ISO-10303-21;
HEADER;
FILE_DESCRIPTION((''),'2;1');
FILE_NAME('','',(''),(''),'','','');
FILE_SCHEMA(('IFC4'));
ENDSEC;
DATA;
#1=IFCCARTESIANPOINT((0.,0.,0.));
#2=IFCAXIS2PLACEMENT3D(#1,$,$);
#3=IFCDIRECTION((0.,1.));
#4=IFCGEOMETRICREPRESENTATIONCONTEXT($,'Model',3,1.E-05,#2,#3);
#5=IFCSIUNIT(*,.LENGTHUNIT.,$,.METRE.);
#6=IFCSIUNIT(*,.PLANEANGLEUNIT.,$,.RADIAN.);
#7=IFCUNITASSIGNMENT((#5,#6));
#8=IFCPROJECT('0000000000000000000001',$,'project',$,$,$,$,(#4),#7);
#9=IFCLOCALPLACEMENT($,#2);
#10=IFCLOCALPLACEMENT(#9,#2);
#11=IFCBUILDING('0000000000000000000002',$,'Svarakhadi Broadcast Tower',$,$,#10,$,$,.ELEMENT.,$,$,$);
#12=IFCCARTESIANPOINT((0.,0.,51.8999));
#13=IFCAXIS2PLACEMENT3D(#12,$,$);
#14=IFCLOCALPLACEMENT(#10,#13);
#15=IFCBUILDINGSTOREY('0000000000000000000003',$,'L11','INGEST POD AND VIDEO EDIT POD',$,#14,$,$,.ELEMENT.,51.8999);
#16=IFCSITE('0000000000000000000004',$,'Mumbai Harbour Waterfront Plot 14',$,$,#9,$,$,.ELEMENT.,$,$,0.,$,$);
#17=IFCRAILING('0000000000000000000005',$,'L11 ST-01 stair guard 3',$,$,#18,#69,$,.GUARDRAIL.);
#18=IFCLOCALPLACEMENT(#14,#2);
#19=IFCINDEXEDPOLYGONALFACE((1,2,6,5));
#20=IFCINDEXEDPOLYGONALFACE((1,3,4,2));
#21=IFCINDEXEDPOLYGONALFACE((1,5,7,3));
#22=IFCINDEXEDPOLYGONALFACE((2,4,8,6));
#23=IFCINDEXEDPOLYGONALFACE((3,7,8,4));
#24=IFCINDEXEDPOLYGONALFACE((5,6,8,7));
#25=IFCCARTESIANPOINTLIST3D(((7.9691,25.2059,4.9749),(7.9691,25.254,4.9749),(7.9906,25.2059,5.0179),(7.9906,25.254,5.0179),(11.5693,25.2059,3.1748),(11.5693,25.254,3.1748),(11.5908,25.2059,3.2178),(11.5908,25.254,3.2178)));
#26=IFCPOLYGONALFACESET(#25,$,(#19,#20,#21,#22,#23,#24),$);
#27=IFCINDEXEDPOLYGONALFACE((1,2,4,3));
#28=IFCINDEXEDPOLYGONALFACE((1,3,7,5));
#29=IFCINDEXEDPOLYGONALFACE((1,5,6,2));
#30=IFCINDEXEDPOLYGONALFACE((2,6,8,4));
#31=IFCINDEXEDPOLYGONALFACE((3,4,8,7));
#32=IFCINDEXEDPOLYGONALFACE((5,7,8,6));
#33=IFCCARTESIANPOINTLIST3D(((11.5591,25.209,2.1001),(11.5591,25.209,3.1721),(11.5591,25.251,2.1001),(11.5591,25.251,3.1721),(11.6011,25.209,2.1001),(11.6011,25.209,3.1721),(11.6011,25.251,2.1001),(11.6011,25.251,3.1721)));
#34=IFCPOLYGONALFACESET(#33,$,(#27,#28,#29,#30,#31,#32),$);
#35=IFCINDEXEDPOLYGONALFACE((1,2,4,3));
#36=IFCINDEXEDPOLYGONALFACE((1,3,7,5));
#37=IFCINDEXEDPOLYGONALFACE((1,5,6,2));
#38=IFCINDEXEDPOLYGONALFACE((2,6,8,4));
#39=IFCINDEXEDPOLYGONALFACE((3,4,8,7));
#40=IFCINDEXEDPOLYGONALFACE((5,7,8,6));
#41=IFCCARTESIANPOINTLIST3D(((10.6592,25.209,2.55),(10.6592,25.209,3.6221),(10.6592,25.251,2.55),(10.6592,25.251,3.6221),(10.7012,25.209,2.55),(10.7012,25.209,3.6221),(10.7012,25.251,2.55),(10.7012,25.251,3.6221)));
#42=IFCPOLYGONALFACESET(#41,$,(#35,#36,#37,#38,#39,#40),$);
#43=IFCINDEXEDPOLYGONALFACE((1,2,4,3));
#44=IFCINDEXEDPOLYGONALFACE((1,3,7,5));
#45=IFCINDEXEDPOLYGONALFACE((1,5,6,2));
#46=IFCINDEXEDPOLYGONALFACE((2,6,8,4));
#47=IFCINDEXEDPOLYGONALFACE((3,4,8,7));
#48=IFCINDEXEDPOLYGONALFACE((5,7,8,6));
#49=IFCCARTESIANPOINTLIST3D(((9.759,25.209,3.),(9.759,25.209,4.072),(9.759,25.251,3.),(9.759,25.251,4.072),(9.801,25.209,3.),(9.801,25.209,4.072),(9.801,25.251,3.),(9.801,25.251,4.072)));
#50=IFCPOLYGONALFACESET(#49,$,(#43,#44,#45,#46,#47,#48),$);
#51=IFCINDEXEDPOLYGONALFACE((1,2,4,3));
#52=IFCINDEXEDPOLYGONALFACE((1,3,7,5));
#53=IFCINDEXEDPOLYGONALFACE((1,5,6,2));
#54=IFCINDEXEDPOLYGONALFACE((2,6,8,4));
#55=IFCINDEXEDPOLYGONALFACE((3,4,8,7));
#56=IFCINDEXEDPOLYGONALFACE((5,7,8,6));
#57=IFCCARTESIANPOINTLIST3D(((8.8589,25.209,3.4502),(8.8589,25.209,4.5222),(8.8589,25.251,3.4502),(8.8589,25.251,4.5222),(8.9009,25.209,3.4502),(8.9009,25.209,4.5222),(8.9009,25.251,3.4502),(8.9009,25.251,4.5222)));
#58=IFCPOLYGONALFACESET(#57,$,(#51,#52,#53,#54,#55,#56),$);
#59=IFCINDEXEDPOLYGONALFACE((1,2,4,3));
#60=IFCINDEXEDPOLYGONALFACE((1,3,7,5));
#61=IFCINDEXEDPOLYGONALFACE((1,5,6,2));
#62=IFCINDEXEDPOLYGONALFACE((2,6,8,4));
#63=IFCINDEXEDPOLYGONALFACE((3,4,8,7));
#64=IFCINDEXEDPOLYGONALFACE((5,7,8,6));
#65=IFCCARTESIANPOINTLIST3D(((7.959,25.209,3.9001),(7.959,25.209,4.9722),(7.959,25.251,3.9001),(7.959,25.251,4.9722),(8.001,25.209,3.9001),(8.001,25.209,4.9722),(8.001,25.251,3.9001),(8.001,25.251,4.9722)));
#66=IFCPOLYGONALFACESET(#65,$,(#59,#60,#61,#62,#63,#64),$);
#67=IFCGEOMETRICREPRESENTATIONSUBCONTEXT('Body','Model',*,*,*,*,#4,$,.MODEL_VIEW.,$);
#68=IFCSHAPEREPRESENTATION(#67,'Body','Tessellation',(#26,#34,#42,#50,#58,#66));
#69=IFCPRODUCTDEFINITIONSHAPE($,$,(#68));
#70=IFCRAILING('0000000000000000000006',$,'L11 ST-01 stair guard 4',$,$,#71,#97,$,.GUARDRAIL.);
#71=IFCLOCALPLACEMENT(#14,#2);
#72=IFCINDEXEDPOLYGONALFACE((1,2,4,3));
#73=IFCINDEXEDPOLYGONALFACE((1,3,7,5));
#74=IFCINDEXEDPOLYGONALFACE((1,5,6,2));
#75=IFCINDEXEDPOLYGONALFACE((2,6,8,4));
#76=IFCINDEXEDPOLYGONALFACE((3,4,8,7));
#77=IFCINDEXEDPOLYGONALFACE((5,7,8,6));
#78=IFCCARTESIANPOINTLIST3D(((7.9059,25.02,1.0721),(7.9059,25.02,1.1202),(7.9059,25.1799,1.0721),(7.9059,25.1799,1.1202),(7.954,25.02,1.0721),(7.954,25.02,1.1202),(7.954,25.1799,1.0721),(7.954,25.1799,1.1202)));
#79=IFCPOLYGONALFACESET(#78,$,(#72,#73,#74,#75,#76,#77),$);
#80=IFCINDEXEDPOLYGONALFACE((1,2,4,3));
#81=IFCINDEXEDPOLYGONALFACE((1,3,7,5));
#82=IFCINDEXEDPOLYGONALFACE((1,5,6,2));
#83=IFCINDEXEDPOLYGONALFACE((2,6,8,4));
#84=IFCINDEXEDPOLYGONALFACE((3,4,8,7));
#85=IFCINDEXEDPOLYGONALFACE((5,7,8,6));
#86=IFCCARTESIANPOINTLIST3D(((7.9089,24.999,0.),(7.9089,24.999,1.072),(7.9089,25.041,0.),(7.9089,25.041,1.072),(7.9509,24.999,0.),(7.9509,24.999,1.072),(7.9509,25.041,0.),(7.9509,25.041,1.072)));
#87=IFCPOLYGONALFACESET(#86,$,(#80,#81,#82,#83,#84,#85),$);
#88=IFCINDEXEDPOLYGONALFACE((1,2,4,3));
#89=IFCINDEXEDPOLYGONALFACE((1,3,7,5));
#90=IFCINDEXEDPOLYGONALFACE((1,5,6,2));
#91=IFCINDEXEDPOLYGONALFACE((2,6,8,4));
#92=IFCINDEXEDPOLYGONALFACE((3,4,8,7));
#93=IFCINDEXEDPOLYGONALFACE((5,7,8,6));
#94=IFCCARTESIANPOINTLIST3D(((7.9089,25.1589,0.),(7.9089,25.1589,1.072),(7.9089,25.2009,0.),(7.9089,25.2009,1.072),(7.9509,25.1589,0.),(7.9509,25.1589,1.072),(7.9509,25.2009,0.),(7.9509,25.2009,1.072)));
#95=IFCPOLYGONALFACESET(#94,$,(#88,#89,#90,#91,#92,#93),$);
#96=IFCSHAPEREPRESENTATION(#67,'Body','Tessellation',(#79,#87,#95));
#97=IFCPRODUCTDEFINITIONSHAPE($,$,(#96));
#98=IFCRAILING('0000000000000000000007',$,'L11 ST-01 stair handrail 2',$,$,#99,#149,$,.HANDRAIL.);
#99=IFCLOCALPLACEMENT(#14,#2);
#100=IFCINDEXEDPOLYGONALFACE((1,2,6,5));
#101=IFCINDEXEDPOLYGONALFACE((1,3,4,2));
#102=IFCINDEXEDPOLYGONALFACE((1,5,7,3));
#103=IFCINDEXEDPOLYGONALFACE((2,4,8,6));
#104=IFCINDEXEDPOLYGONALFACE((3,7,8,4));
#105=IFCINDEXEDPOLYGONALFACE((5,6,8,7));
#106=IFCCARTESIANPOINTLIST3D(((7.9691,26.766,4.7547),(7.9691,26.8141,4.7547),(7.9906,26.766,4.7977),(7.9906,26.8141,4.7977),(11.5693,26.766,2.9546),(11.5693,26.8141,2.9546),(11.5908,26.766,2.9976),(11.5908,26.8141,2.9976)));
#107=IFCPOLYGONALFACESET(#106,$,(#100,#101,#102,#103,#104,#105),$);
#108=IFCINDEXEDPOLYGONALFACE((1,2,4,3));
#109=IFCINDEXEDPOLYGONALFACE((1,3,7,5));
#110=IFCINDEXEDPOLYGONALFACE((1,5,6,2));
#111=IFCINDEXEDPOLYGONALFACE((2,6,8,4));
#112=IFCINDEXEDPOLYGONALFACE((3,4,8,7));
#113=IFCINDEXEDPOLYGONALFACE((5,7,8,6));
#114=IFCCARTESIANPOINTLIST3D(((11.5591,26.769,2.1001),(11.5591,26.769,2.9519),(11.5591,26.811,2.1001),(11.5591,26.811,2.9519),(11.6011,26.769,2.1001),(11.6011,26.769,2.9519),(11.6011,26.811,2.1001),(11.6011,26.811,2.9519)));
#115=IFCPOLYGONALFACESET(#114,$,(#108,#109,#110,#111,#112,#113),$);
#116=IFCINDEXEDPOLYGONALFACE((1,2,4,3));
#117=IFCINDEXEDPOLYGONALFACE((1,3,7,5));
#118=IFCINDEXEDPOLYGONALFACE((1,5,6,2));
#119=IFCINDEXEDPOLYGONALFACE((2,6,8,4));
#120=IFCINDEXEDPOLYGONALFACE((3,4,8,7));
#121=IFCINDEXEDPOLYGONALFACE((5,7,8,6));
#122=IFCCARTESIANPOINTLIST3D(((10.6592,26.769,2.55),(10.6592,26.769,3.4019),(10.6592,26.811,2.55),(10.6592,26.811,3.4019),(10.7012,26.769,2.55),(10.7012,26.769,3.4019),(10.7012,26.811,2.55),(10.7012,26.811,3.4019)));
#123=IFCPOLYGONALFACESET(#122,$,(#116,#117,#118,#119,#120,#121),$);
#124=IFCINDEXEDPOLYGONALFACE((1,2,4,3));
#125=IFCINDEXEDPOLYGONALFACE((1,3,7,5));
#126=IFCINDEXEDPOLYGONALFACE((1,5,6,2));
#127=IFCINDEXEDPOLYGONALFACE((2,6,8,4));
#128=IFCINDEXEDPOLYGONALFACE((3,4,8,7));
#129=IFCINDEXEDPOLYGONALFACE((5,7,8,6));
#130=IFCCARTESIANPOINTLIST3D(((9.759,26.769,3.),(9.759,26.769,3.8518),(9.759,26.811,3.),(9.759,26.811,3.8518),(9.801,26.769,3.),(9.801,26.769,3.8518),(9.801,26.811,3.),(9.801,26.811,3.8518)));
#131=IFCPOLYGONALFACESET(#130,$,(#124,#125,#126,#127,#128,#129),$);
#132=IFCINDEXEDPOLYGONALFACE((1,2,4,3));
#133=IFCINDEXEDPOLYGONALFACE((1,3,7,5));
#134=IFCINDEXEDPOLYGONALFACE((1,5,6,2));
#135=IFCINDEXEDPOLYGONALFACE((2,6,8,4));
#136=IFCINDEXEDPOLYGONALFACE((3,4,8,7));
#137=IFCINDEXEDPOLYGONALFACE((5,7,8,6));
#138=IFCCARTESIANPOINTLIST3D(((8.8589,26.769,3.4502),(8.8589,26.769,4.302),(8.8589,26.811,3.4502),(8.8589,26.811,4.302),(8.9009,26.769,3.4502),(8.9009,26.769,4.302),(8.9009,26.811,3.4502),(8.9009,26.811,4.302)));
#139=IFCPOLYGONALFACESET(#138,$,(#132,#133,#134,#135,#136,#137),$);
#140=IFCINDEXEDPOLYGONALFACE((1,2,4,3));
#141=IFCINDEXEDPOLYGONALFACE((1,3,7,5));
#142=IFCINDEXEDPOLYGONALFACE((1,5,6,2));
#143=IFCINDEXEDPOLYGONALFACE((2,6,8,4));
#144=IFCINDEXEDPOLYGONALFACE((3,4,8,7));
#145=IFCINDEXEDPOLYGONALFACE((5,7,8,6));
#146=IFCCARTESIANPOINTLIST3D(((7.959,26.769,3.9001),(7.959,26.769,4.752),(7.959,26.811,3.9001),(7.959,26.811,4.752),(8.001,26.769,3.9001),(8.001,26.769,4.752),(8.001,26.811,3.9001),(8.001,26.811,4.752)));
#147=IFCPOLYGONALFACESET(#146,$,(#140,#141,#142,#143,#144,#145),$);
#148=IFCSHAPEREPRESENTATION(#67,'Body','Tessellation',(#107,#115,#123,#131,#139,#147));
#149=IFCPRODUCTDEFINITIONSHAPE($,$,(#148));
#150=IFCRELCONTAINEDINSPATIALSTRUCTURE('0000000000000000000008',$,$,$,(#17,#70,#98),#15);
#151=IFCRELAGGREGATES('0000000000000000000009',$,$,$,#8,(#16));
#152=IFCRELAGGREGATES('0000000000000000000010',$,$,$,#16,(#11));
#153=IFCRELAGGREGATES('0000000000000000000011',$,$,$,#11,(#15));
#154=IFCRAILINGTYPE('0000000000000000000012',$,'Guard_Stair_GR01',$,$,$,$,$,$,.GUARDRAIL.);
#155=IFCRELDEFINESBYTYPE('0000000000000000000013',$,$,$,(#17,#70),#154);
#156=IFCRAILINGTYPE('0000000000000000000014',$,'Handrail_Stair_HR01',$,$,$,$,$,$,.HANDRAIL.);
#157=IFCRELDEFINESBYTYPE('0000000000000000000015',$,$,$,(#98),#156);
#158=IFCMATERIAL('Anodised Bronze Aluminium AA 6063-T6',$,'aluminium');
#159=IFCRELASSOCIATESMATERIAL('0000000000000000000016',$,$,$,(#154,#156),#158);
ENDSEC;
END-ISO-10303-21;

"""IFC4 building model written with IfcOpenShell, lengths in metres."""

from ifc_helpers import new_model, si_unit, direction, frame, origin, origin_2d, place, context, subcontext, project, spatial, rectangle, extrude, material, type_object, element, save


model = new_model("IFC4")

# Units and contexts
model_context = context("Model", 3, precision=1e-05, world=origin(), true_north=direction((0.0, 1.0)))
body_context = subcontext(model_context, "Body", "Model", "MODEL_VIEW")
ifc_project = project(units=[si_unit("LENGTHUNIT", "METRE"), si_unit("PLANEANGLEUNIT", "RADIAN")], contexts=[model_context])

# Site, building, storey
site_placement = place(None, origin())
site = spatial("IfcSite", under=ifc_project, at=site_placement, Name="Mumbai Harbour Waterfront Plot 14", CompositionType="ELEMENT", RefElevation=0.0)
building_placement = place(site_placement, origin())
building = spatial("IfcBuilding", under=site, at=building_placement, Name="Svarakhadi Broadcast Tower", CompositionType="ELEMENT")
storey_placement = place(building_placement, frame((0.0, 0.0, 51.8999)))
storey = spatial("IfcBuildingStorey", under=building, at=storey_placement, Name="L11", Description="INGEST POD AND VIDEO EDIT POD", CompositionType="ELEMENT", Elevation=51.8999)

# Railings
ifc_material_1 = material(Name="Anodised Bronze Aluminium AA 6063-T6", Category="aluminium")
railing_type_1 = type_object("IfcRailingType", Name="Guard_Stair_GR01", PredefinedType="GUARDRAIL", material=ifc_material_1)
railing_1_placement = place(storey_placement, frame((11.5801, 25.23, 2.1001)))
element("IfcRailing", 1, at=railing_1_placement, inside=storey, type_object=railing_type_1, Name="L11 ST-01 stair guard 3", PredefinedType="GUARDRAIL", context=body_context, shape_type="SweptSolid", body=[
    extrude(rectangle(XDim=0.0481, YDim=0.0481, at=origin_2d()), frame((0.0, 0.0, 1.0962), z_axis=(-0.894427, 0.0, 0.447214), x_axis=(0.0, -1.0, 0.0)), (0.0, 0.0, 1.0), 4.0251),
    extrude(rectangle(XDim=0.042, YDim=0.042, at=origin_2d()), origin(), (0.0, 0.0, 1.0), 1.072),
    extrude(rectangle(XDim=0.042, YDim=0.042, at=origin_2d()), frame((-0.8999, 0.0, 0.45)), (0.0, 0.0, 1.0), 1.072),
    extrude(rectangle(XDim=0.042, YDim=0.042, at=origin_2d()), frame((-1.8, 0.0, 0.8999)), (0.0, 0.0, 1.0), 1.072),
    extrude(rectangle(XDim=0.042, YDim=0.042, at=origin_2d()), frame((-2.7002, 0.0, 1.3501)), (0.0, 0.0, 1.0), 1.072),
    extrude(rectangle(XDim=0.042, YDim=0.042, at=origin_2d()), frame((-3.6001, 0.0, 1.8)), (0.0, 0.0, 1.0), 1.072),
])
railing_2_placement = place(storey_placement, frame((7.9299, 25.02, 0.0)))
element("IfcRailing", 2, at=railing_2_placement, inside=storey, type_object=railing_type_1, Name="L11 ST-01 stair guard 4", PredefinedType="GUARDRAIL", context=body_context, shape_type="SweptSolid", body=[
    extrude(rectangle(XDim=0.0481, YDim=0.0481, at=origin_2d()), frame((0.0, 0.0, 1.0962), z_axis=(0.0, 1.0, 0.0), x_axis=(-1.0, 0.0, 0.0)), (0.0, 0.0, 1.0), 0.1599),
    extrude(rectangle(XDim=0.042, YDim=0.042, at=origin_2d()), origin(), (0.0, 0.0, 1.0), 1.072),
    extrude(rectangle(XDim=0.042, YDim=0.042, at=origin_2d()), frame((0.0, 0.1599, 0.0)), (0.0, 0.0, 1.0), 1.072),
])
railing_type_2 = type_object("IfcRailingType", Name="Handrail_Stair_HR01", PredefinedType="HANDRAIL", material=ifc_material_1)
railing_3_placement = place(storey_placement, frame((11.5801, 26.79, 2.1001)))
element("IfcRailing", 3, at=railing_3_placement, inside=storey, type_object=railing_type_2, Name="L11 ST-01 stair handrail 2", PredefinedType="HANDRAIL", context=body_context, shape_type="SweptSolid", body=[
    extrude(rectangle(XDim=0.0481, YDim=0.0481, at=origin_2d()), frame((0.0, 0.0, 0.876), z_axis=(-0.894427, 0.0, 0.447214), x_axis=(0.0, -1.0, 0.0)), (0.0, 0.0, 1.0), 4.0251),
    extrude(rectangle(XDim=0.042, YDim=0.042, at=origin_2d()), origin(), (0.0, 0.0, 1.0), 0.8518),
    extrude(rectangle(XDim=0.042, YDim=0.042, at=origin_2d()), frame((-0.8999, 0.0, 0.45)), (0.0, 0.0, 1.0), 0.8518),
    extrude(rectangle(XDim=0.042, YDim=0.042, at=origin_2d()), frame((-1.8, 0.0, 0.8999)), (0.0, 0.0, 1.0), 0.8518),
    extrude(rectangle(XDim=0.042, YDim=0.042, at=origin_2d()), frame((-2.7002, 0.0, 1.3501)), (0.0, 0.0, 1.0), 0.8518),
    extrude(rectangle(XDim=0.042, YDim=0.042, at=origin_2d()), frame((-3.6001, 0.0, 1.8)), (0.0, 0.0, 1.0), 0.8518),
])

save(model, "model.ifc")
